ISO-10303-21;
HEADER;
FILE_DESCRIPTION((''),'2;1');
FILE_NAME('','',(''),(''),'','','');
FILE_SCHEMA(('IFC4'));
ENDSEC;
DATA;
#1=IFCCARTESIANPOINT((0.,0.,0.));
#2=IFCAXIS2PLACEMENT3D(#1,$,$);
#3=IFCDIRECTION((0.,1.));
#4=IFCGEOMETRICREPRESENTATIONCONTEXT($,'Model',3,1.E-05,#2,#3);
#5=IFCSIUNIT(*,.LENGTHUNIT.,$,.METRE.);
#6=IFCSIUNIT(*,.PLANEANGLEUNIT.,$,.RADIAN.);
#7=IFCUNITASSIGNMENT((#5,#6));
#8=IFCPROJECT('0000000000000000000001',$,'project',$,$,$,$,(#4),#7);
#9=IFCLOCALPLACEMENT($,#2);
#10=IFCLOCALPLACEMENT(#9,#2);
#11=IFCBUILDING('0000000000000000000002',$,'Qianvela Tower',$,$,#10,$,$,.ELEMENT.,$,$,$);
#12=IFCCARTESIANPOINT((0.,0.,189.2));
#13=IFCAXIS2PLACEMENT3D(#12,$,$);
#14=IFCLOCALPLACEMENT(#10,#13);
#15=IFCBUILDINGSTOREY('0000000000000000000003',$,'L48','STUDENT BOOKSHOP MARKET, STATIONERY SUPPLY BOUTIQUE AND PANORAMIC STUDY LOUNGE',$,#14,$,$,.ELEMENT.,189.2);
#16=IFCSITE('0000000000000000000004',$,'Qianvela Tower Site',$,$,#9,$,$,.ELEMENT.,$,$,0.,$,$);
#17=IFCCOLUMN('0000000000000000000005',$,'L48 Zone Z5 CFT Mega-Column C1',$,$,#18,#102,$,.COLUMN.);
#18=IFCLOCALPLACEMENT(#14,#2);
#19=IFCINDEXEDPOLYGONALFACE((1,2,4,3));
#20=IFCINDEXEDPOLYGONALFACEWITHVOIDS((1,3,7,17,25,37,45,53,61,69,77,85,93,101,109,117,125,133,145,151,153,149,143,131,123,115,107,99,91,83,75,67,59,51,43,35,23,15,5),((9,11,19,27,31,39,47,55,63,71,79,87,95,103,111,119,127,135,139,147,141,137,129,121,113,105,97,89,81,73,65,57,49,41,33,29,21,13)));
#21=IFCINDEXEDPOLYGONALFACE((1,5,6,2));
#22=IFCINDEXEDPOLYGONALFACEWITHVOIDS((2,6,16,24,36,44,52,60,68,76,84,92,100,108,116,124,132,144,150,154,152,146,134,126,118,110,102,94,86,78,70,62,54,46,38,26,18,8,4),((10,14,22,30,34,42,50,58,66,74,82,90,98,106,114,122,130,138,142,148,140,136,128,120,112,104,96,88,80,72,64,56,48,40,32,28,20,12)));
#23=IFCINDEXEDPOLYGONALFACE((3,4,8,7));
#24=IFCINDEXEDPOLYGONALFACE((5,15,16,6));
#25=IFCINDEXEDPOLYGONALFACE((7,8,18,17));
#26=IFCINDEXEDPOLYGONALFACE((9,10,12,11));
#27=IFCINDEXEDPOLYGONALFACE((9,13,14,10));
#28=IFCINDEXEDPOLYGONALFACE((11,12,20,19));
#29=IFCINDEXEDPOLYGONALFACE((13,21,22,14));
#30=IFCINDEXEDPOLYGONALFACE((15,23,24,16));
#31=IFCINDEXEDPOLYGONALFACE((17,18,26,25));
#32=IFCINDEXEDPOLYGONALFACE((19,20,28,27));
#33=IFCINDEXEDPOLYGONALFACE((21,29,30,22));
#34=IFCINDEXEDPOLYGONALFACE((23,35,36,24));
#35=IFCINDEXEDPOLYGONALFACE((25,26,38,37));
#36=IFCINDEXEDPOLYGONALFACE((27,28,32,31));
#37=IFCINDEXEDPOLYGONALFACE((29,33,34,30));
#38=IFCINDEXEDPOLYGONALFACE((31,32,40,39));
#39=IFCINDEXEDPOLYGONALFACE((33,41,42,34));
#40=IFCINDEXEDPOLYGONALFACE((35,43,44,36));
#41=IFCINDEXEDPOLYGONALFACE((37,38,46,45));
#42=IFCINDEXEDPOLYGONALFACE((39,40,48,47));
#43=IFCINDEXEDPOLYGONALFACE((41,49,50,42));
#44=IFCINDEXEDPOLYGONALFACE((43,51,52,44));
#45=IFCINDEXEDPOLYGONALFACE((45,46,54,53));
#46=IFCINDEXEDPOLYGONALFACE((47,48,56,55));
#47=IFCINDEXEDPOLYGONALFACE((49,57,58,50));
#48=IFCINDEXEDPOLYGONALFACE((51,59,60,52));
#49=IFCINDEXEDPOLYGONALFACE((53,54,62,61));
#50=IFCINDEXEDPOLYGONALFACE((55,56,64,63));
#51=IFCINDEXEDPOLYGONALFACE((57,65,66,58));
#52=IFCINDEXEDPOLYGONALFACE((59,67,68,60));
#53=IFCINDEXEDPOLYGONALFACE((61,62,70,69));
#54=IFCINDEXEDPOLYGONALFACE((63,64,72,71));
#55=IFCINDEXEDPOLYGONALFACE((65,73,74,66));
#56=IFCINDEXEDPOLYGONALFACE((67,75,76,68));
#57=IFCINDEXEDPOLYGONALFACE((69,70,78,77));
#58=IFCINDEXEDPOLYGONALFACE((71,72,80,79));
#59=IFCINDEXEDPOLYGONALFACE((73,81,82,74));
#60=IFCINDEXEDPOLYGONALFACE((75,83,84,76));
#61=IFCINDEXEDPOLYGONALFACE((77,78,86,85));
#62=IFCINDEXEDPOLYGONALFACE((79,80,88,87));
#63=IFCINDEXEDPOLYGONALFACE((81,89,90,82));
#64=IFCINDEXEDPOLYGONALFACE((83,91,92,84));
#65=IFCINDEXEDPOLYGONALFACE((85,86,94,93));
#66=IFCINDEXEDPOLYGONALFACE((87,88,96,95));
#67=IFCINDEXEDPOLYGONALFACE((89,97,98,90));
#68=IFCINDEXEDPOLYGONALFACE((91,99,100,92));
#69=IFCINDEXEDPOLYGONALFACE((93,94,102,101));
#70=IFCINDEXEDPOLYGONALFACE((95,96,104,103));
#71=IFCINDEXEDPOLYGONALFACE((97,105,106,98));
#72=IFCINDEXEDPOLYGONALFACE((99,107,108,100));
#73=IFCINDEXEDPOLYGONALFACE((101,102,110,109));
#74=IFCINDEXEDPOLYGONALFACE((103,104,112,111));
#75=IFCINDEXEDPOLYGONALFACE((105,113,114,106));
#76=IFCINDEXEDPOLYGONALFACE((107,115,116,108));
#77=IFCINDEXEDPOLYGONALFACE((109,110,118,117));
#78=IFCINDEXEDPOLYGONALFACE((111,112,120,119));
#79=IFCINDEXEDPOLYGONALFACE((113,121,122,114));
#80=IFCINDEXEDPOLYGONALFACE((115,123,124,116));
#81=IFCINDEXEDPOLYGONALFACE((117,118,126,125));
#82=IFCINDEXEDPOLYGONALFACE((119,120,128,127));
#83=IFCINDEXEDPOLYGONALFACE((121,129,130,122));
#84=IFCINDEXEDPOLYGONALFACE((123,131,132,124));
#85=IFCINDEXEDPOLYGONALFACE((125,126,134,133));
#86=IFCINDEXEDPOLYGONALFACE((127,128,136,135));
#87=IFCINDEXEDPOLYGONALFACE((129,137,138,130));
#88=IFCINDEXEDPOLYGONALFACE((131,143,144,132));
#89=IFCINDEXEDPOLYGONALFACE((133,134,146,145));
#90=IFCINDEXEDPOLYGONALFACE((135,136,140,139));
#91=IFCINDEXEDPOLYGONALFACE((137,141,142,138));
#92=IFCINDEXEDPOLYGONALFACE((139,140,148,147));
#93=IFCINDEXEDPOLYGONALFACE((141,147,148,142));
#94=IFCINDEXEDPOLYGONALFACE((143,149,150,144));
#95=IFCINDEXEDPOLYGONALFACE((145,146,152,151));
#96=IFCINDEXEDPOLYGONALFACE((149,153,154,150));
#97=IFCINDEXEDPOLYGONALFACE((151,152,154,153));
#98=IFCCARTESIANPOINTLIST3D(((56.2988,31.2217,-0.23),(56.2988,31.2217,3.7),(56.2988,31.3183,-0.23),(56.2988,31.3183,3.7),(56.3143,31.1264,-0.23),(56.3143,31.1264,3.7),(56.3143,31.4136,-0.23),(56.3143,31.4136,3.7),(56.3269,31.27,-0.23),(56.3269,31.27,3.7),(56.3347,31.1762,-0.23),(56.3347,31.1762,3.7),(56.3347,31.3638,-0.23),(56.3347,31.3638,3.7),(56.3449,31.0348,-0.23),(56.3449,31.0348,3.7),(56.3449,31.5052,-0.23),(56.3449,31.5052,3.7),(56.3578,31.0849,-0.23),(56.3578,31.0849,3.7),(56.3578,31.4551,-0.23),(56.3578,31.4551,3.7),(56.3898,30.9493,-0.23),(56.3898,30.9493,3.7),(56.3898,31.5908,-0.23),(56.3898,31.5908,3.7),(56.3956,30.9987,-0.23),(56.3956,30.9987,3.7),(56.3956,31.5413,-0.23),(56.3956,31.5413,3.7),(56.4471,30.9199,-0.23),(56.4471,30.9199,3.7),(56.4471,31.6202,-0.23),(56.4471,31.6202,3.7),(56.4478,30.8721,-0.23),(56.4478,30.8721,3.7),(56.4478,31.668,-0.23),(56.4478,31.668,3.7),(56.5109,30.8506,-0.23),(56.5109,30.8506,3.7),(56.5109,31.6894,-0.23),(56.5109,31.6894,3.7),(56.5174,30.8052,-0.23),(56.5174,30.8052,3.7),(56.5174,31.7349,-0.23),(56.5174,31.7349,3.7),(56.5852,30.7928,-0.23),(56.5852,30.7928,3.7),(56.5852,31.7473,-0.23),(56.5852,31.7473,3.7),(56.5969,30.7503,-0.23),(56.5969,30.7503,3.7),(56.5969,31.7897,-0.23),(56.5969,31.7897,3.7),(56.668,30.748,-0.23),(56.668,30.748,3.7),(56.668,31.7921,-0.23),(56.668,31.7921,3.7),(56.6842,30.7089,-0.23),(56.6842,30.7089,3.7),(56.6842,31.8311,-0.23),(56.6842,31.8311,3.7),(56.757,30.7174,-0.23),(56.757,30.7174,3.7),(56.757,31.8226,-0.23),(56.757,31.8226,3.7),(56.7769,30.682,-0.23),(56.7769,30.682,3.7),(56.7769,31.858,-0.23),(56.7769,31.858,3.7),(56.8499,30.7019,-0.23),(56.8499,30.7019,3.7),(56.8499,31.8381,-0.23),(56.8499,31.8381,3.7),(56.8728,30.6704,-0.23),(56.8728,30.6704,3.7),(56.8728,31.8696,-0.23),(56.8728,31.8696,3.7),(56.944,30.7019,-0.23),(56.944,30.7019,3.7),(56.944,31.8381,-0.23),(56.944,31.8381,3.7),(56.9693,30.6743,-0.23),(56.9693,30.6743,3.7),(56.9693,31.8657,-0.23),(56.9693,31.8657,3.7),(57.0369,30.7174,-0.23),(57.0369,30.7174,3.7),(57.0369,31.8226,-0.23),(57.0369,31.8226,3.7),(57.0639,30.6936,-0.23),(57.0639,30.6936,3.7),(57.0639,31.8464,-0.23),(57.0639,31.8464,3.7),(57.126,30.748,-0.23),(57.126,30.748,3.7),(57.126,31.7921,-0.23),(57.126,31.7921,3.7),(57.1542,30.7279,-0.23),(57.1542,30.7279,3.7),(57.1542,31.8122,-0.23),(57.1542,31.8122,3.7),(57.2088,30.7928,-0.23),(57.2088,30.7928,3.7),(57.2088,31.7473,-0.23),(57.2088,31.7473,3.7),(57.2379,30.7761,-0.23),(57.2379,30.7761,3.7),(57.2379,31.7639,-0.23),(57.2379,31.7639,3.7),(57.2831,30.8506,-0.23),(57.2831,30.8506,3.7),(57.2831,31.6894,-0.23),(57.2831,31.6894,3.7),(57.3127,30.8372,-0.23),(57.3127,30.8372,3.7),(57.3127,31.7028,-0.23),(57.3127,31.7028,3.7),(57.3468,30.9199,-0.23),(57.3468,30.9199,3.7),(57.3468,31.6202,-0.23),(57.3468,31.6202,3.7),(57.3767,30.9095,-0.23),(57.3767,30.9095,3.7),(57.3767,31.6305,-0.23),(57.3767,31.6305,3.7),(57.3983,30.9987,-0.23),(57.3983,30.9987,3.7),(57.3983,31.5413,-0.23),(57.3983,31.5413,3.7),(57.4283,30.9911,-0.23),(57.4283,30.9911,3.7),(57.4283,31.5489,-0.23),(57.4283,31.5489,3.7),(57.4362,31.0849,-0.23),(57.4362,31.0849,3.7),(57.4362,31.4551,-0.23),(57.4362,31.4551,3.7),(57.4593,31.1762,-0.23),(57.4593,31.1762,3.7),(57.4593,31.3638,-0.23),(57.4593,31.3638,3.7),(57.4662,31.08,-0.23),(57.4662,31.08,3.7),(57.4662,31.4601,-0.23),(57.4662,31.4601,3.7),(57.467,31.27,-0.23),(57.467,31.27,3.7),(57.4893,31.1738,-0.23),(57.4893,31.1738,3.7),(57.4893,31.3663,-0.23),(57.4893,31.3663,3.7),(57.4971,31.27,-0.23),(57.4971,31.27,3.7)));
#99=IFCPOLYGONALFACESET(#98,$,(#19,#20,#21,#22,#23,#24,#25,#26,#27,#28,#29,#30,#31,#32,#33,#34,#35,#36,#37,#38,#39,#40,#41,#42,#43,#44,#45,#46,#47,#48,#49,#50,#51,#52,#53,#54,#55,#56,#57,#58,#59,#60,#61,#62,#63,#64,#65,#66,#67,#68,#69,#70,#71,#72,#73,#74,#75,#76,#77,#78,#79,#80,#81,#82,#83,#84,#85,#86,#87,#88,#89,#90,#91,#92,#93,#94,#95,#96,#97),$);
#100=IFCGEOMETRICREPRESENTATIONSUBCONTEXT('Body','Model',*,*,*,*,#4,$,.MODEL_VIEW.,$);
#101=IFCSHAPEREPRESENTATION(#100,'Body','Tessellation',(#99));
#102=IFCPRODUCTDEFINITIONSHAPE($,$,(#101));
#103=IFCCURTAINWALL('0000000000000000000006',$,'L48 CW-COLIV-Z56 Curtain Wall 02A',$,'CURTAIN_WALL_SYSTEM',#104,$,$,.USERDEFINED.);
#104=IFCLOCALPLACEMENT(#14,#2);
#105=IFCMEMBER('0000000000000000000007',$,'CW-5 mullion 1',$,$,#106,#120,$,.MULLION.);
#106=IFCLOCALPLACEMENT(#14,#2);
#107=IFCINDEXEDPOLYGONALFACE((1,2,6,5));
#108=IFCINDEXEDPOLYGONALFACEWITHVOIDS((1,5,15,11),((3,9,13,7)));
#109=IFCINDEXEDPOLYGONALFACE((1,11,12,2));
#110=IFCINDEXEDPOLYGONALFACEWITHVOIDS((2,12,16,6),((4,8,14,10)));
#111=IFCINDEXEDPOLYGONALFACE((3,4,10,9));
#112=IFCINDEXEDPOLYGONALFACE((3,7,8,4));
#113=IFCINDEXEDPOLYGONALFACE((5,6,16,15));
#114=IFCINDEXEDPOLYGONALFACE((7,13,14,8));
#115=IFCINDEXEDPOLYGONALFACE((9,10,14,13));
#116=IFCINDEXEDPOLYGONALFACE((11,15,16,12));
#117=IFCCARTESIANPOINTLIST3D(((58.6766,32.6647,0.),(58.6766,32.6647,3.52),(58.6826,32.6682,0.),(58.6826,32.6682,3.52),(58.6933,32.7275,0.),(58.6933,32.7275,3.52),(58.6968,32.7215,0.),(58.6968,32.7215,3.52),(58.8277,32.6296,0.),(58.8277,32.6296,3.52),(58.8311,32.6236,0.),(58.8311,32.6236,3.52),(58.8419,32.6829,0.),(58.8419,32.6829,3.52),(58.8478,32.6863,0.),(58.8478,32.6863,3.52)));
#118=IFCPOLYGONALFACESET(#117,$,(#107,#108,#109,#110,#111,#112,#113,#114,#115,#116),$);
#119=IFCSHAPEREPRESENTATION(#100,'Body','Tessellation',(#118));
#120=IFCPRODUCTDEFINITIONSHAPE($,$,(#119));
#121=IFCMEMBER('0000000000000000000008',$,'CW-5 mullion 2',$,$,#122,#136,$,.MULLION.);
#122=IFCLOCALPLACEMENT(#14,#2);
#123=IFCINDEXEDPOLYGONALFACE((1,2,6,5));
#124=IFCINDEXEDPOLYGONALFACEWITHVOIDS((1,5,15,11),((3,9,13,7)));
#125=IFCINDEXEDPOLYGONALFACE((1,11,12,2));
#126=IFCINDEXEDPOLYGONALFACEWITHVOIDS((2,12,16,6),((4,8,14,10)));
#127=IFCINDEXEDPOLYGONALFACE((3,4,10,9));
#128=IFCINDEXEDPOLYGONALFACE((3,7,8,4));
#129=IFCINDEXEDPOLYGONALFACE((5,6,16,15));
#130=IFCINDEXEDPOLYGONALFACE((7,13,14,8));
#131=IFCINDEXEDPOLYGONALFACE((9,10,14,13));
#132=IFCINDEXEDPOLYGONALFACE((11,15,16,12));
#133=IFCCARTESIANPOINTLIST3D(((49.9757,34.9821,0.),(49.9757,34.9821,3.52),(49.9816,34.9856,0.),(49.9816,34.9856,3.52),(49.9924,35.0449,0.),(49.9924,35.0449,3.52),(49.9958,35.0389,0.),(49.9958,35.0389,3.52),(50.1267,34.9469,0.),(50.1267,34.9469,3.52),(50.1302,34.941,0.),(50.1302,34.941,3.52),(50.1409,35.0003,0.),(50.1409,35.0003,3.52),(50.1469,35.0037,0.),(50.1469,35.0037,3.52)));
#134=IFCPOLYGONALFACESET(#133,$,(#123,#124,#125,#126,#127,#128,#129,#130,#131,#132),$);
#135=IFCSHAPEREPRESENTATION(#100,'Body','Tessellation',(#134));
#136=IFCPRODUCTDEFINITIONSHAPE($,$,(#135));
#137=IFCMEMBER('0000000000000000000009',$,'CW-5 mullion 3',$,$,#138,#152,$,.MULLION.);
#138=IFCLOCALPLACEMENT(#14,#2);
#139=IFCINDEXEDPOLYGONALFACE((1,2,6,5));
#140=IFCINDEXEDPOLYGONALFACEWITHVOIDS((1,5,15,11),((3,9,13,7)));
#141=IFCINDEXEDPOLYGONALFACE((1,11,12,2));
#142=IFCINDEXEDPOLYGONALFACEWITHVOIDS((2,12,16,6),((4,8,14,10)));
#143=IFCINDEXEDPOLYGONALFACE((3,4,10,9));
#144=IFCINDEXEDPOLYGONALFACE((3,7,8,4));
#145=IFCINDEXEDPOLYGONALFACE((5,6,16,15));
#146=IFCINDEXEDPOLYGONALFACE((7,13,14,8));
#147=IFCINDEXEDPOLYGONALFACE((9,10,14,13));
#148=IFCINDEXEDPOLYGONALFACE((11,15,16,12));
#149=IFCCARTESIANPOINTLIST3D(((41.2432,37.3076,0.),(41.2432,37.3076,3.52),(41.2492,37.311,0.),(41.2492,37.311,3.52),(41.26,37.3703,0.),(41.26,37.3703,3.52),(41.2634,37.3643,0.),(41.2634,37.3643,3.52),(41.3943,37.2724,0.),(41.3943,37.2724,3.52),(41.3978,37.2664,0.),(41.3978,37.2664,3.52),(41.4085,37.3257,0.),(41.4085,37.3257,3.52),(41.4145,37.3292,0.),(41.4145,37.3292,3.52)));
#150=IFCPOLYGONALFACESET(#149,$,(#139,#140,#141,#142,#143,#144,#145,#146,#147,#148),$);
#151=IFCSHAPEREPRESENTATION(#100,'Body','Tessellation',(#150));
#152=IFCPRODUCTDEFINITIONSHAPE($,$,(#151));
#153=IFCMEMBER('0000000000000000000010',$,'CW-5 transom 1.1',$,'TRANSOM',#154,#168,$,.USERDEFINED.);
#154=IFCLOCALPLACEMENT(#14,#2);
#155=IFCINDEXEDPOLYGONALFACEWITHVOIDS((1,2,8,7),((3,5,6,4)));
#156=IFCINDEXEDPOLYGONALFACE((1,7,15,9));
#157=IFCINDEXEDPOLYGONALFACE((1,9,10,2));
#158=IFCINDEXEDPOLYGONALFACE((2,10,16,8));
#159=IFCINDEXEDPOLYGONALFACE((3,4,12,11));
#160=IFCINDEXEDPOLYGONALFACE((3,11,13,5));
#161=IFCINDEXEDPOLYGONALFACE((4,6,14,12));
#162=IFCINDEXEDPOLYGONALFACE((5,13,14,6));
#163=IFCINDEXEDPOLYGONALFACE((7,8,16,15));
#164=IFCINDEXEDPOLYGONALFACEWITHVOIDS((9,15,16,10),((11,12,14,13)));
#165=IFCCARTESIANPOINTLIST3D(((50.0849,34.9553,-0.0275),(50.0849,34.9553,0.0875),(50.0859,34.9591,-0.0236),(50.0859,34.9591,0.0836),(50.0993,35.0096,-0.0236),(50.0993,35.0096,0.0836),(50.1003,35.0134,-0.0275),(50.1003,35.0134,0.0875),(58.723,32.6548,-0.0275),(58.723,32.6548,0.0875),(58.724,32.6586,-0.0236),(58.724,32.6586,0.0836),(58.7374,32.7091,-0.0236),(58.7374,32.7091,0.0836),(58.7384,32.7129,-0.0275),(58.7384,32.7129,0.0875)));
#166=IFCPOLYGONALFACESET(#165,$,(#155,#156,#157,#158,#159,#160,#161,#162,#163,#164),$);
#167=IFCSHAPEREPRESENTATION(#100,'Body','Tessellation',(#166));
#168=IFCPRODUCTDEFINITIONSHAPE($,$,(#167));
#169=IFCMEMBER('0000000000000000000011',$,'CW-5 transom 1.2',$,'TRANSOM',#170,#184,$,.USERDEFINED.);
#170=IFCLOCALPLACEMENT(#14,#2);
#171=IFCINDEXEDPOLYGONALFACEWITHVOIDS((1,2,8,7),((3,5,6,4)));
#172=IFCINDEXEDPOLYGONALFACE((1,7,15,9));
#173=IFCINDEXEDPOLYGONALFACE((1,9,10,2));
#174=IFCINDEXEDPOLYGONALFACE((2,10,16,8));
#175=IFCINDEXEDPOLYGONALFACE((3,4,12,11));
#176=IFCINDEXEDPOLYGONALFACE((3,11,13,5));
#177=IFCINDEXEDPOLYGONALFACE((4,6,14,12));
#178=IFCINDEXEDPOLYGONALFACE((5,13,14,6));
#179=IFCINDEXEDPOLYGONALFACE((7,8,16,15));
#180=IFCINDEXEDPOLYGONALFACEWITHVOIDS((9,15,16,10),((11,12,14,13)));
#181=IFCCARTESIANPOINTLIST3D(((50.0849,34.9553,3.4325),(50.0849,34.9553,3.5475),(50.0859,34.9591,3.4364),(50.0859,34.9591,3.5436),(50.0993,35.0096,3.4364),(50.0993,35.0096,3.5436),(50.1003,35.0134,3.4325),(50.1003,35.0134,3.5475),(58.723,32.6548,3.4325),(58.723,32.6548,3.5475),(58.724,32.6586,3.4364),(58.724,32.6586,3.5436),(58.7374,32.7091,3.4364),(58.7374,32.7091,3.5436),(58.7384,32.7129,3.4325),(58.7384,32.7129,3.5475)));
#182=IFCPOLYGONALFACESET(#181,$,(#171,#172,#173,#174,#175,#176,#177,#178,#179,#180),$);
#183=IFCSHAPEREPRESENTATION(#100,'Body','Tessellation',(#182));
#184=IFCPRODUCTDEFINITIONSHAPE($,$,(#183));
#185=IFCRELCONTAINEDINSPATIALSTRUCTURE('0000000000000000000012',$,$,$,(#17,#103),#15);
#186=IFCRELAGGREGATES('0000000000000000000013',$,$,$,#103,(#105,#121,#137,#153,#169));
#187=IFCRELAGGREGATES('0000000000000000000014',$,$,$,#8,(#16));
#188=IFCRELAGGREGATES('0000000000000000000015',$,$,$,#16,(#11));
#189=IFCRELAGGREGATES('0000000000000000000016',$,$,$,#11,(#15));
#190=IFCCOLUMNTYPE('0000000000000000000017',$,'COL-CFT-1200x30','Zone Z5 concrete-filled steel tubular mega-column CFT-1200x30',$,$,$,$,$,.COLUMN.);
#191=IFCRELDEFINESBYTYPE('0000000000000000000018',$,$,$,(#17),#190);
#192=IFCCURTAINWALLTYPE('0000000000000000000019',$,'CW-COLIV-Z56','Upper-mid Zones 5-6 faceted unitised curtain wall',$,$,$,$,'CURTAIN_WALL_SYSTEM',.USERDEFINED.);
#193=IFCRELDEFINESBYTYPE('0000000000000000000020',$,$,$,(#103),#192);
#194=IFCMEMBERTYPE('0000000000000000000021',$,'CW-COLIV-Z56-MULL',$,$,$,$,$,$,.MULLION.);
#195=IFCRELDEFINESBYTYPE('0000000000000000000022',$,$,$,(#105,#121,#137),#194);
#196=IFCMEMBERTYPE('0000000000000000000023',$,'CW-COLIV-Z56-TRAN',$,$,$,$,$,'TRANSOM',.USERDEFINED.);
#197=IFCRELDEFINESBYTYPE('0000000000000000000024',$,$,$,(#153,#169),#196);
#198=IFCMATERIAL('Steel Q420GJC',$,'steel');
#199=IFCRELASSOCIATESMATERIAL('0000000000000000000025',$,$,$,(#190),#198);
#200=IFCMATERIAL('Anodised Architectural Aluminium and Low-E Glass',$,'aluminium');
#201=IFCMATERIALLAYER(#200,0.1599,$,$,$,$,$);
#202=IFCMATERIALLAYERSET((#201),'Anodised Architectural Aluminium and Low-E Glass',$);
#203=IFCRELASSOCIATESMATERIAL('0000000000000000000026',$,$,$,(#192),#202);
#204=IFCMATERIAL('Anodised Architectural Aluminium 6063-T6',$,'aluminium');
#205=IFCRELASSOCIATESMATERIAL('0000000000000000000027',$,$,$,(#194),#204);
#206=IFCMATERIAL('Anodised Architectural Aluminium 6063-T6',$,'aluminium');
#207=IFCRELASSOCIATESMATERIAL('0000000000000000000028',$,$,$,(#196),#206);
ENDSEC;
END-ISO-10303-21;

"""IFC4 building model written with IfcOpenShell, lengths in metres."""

from ifc_helpers import new_model, si_unit, direction, frame, origin, origin_2d, place, context, subcontext, project, spatial, hollow_rectangle, hollow_circle, extrude, material, layer, layer_set, material_profile, profile_set, type_object, element, aggregate, save


model = new_model("IFC4")

# Units and contexts
model_context = context("Model", 3, precision=1e-05, world=origin(), true_north=direction((0.0, 1.0)))
body_context = subcontext(model_context, "Body", "Model", "MODEL_VIEW")
ifc_project = project(units=[si_unit("LENGTHUNIT", "METRE"), si_unit("PLANEANGLEUNIT", "RADIAN")], contexts=[model_context])

# Site, building, storey
site_placement = place(None, origin())
site = spatial("IfcSite", under=ifc_project, at=site_placement, Name="Qianvela Tower Site", CompositionType="ELEMENT", RefElevation=0.0)
building_placement = place(site_placement, origin())
building = spatial("IfcBuilding", under=site, at=building_placement, Name="Qianvela Tower", CompositionType="ELEMENT")
storey_placement = place(building_placement, frame((0.0, 0.0, 189.2)))
storey = spatial("IfcBuildingStorey", under=building, at=storey_placement, Name="L48", Description="STUDENT BOOKSHOP MARKET, STATIONERY SUPPLY BOUTIQUE AND PANORAMIC STUDY LOUNGE", CompositionType="ELEMENT", Elevation=189.2)

# Column
ifc_material_1 = material(Name="Steel Q420GJC", Category="steel")
ifc_material_profile_1 = material_profile(ifc_material_1, hollow_circle(Radius=0.6001, WallThickness=0.03, at=origin_2d()), Name="CFT-1200x30")
ifc_profile_set_1 = profile_set([ifc_material_profile_1], Name="Steel Q420GJC")
column_type = type_object("IfcColumnType", Name="COL-CFT-1200x30", Description="Zone Z5 concrete-filled steel tubular mega-column CFT-1200x30", PredefinedType="COLUMN", material=ifc_profile_set_1)
column_placement = place(storey_placement, frame((56.897, 31.27, -0.23), z_axis=(0.0, 0.0, 1.0), x_axis=(1.0, 0.0, 0.0)))
element("IfcColumn", 1, at=column_placement, inside=storey, type_object=column_type, Name="L48 Zone Z5 CFT Mega-Column C1", PredefinedType="COLUMN", context=body_context, shape_type="SweptSolid", body=[
    extrude(hollow_circle(Radius=0.6001, WallThickness=0.03, at=origin_2d()), origin(), (0.0, 0.0, 1.0), 3.9299),
])

# Curtain wall, members
ifc_material_2 = material(Name="Anodised Architectural Aluminium and Low-E Glass", Category="aluminium")
ifc_layer_1 = layer(ifc_material_2, 0.1599)
ifc_layer_set_1 = layer_set([ifc_layer_1], Name="Anodised Architectural Aluminium and Low-E Glass")
curtain_wall_type = type_object("IfcCurtainWallType", Name="CW-COLIV-Z56", Description="Upper-mid Zones 5-6 faceted unitised curtain wall", ElementType="CURTAIN_WALL_SYSTEM", PredefinedType="USERDEFINED", material=ifc_layer_set_1)
curtain_wall_placement = place(storey_placement, origin())
curtain_wall = element("IfcCurtainWall", 2, at=curtain_wall_placement, inside=storey, type_object=curtain_wall_type, Name="L48 CW-COLIV-Z56 Curtain Wall 02A", ObjectType="CURTAIN_WALL_SYSTEM", PredefinedType="USERDEFINED")
ifc_material_3 = material(Name="Anodised Architectural Aluminium 6063-T6", Category="aluminium")
ifc_material_profile_2 = material_profile(ifc_material_3, hollow_rectangle(XDim=0.0649, YDim=0.1599, WallThickness=0.0049, at=origin_2d()), Name="ALU-MULL-65x160")
ifc_profile_set_2 = profile_set([ifc_material_profile_2], Name="Anodised Architectural Aluminium 6063-T6")
member_type_1 = type_object("IfcMemberType", Name="CW-COLIV-Z56-MULL", PredefinedType="MULLION", material=ifc_profile_set_2)
member_1_placement = place(storey_placement, frame((58.7622, 32.6755, 0.0), z_axis=(0.0, 0.0, 1.0), x_axis=(-0.257351, -0.966318, 0.0)))
member_1 = element("IfcMember", 3, at=member_1_placement, type_object=member_type_1, Name="CW-5 mullion 1", PredefinedType="MULLION", context=body_context, shape_type="SweptSolid", body=[
    extrude(hollow_rectangle(XDim=0.0649, YDim=0.1599, WallThickness=0.0049, at=origin_2d()), origin(), (0.0, 0.0, 1.0), 3.52),
])
member_2_placement = place(storey_placement, frame((50.0613, 34.9929, 0.0), z_axis=(0.0, 0.0, 1.0), x_axis=(-0.257351, -0.966318, 0.0)))
member_2 = element("IfcMember", 4, at=member_2_placement, type_object=member_type_1, Name="CW-5 mullion 2", PredefinedType="MULLION", context=body_context, shape_type="SweptSolid", body=[
    extrude(hollow_rectangle(XDim=0.0649, YDim=0.1599, WallThickness=0.0049, at=origin_2d()), origin(), (0.0, 0.0, 1.0), 3.52),
])
member_3_placement = place(storey_placement, frame((41.3289, 37.3184, 0.0), z_axis=(0.0, 0.0, 1.0), x_axis=(-0.257351, -0.966318, 0.0)))
member_3 = element("IfcMember", 5, at=member_3_placement, type_object=member_type_1, Name="CW-5 mullion 3", PredefinedType="MULLION", context=body_context, shape_type="SweptSolid", body=[
    extrude(hollow_rectangle(XDim=0.0649, YDim=0.1599, WallThickness=0.0049, at=origin_2d()), origin(), (0.0, 0.0, 1.0), 3.52),
])
ifc_material_4 = material(Name="Anodised Architectural Aluminium 6063-T6", Category="aluminium")
ifc_material_profile_3 = material_profile(ifc_material_4, hollow_rectangle(XDim=0.0601, YDim=0.115, WallThickness=0.0039, at=origin_2d()), Name="ALU-TRAN-60x115")
ifc_profile_set_3 = profile_set([ifc_material_profile_3], Name="Anodised Architectural Aluminium 6063-T6")
member_type_2 = type_object("IfcMemberType", Name="CW-COLIV-Z56-TRAN", ElementType="TRANSOM", PredefinedType="USERDEFINED", material=ifc_profile_set_3)
member_4_placement = place(storey_placement, frame((58.7307, 32.6838, 0.03), z_axis=(-0.966318, 0.257352, 0.0), x_axis=(-0.257352, -0.966318, 0.0)))
member_4 = element("IfcMember", 6, at=member_4_placement, type_object=member_type_2, Name="CW-5 transom 1.1", ObjectType="TRANSOM", PredefinedType="USERDEFINED", context=body_context, shape_type="SweptSolid", body=[
    extrude(hollow_rectangle(XDim=0.0601, YDim=0.115, WallThickness=0.0039, at=origin_2d()), origin(), (0.0, 0.0, 1.0), 8.9392),
])
member_5_placement = place(storey_placement, frame((58.7307, 32.6838, 3.49), z_axis=(-0.966318, 0.257352, 0.0), x_axis=(-0.257352, -0.966318, 0.0)))
member_5 = element("IfcMember", 7, at=member_5_placement, type_object=member_type_2, Name="CW-5 transom 1.2", ObjectType="TRANSOM", PredefinedType="USERDEFINED", context=body_context, shape_type="SweptSolid", body=[
    extrude(hollow_rectangle(XDim=0.0601, YDim=0.115, WallThickness=0.0039, at=origin_2d()), origin(), (0.0, 0.0, 1.0), 8.9392),
])
aggregate(curtain_wall, [member_1, member_2, member_3, member_4, member_5])

save(model, "model.ifc")
